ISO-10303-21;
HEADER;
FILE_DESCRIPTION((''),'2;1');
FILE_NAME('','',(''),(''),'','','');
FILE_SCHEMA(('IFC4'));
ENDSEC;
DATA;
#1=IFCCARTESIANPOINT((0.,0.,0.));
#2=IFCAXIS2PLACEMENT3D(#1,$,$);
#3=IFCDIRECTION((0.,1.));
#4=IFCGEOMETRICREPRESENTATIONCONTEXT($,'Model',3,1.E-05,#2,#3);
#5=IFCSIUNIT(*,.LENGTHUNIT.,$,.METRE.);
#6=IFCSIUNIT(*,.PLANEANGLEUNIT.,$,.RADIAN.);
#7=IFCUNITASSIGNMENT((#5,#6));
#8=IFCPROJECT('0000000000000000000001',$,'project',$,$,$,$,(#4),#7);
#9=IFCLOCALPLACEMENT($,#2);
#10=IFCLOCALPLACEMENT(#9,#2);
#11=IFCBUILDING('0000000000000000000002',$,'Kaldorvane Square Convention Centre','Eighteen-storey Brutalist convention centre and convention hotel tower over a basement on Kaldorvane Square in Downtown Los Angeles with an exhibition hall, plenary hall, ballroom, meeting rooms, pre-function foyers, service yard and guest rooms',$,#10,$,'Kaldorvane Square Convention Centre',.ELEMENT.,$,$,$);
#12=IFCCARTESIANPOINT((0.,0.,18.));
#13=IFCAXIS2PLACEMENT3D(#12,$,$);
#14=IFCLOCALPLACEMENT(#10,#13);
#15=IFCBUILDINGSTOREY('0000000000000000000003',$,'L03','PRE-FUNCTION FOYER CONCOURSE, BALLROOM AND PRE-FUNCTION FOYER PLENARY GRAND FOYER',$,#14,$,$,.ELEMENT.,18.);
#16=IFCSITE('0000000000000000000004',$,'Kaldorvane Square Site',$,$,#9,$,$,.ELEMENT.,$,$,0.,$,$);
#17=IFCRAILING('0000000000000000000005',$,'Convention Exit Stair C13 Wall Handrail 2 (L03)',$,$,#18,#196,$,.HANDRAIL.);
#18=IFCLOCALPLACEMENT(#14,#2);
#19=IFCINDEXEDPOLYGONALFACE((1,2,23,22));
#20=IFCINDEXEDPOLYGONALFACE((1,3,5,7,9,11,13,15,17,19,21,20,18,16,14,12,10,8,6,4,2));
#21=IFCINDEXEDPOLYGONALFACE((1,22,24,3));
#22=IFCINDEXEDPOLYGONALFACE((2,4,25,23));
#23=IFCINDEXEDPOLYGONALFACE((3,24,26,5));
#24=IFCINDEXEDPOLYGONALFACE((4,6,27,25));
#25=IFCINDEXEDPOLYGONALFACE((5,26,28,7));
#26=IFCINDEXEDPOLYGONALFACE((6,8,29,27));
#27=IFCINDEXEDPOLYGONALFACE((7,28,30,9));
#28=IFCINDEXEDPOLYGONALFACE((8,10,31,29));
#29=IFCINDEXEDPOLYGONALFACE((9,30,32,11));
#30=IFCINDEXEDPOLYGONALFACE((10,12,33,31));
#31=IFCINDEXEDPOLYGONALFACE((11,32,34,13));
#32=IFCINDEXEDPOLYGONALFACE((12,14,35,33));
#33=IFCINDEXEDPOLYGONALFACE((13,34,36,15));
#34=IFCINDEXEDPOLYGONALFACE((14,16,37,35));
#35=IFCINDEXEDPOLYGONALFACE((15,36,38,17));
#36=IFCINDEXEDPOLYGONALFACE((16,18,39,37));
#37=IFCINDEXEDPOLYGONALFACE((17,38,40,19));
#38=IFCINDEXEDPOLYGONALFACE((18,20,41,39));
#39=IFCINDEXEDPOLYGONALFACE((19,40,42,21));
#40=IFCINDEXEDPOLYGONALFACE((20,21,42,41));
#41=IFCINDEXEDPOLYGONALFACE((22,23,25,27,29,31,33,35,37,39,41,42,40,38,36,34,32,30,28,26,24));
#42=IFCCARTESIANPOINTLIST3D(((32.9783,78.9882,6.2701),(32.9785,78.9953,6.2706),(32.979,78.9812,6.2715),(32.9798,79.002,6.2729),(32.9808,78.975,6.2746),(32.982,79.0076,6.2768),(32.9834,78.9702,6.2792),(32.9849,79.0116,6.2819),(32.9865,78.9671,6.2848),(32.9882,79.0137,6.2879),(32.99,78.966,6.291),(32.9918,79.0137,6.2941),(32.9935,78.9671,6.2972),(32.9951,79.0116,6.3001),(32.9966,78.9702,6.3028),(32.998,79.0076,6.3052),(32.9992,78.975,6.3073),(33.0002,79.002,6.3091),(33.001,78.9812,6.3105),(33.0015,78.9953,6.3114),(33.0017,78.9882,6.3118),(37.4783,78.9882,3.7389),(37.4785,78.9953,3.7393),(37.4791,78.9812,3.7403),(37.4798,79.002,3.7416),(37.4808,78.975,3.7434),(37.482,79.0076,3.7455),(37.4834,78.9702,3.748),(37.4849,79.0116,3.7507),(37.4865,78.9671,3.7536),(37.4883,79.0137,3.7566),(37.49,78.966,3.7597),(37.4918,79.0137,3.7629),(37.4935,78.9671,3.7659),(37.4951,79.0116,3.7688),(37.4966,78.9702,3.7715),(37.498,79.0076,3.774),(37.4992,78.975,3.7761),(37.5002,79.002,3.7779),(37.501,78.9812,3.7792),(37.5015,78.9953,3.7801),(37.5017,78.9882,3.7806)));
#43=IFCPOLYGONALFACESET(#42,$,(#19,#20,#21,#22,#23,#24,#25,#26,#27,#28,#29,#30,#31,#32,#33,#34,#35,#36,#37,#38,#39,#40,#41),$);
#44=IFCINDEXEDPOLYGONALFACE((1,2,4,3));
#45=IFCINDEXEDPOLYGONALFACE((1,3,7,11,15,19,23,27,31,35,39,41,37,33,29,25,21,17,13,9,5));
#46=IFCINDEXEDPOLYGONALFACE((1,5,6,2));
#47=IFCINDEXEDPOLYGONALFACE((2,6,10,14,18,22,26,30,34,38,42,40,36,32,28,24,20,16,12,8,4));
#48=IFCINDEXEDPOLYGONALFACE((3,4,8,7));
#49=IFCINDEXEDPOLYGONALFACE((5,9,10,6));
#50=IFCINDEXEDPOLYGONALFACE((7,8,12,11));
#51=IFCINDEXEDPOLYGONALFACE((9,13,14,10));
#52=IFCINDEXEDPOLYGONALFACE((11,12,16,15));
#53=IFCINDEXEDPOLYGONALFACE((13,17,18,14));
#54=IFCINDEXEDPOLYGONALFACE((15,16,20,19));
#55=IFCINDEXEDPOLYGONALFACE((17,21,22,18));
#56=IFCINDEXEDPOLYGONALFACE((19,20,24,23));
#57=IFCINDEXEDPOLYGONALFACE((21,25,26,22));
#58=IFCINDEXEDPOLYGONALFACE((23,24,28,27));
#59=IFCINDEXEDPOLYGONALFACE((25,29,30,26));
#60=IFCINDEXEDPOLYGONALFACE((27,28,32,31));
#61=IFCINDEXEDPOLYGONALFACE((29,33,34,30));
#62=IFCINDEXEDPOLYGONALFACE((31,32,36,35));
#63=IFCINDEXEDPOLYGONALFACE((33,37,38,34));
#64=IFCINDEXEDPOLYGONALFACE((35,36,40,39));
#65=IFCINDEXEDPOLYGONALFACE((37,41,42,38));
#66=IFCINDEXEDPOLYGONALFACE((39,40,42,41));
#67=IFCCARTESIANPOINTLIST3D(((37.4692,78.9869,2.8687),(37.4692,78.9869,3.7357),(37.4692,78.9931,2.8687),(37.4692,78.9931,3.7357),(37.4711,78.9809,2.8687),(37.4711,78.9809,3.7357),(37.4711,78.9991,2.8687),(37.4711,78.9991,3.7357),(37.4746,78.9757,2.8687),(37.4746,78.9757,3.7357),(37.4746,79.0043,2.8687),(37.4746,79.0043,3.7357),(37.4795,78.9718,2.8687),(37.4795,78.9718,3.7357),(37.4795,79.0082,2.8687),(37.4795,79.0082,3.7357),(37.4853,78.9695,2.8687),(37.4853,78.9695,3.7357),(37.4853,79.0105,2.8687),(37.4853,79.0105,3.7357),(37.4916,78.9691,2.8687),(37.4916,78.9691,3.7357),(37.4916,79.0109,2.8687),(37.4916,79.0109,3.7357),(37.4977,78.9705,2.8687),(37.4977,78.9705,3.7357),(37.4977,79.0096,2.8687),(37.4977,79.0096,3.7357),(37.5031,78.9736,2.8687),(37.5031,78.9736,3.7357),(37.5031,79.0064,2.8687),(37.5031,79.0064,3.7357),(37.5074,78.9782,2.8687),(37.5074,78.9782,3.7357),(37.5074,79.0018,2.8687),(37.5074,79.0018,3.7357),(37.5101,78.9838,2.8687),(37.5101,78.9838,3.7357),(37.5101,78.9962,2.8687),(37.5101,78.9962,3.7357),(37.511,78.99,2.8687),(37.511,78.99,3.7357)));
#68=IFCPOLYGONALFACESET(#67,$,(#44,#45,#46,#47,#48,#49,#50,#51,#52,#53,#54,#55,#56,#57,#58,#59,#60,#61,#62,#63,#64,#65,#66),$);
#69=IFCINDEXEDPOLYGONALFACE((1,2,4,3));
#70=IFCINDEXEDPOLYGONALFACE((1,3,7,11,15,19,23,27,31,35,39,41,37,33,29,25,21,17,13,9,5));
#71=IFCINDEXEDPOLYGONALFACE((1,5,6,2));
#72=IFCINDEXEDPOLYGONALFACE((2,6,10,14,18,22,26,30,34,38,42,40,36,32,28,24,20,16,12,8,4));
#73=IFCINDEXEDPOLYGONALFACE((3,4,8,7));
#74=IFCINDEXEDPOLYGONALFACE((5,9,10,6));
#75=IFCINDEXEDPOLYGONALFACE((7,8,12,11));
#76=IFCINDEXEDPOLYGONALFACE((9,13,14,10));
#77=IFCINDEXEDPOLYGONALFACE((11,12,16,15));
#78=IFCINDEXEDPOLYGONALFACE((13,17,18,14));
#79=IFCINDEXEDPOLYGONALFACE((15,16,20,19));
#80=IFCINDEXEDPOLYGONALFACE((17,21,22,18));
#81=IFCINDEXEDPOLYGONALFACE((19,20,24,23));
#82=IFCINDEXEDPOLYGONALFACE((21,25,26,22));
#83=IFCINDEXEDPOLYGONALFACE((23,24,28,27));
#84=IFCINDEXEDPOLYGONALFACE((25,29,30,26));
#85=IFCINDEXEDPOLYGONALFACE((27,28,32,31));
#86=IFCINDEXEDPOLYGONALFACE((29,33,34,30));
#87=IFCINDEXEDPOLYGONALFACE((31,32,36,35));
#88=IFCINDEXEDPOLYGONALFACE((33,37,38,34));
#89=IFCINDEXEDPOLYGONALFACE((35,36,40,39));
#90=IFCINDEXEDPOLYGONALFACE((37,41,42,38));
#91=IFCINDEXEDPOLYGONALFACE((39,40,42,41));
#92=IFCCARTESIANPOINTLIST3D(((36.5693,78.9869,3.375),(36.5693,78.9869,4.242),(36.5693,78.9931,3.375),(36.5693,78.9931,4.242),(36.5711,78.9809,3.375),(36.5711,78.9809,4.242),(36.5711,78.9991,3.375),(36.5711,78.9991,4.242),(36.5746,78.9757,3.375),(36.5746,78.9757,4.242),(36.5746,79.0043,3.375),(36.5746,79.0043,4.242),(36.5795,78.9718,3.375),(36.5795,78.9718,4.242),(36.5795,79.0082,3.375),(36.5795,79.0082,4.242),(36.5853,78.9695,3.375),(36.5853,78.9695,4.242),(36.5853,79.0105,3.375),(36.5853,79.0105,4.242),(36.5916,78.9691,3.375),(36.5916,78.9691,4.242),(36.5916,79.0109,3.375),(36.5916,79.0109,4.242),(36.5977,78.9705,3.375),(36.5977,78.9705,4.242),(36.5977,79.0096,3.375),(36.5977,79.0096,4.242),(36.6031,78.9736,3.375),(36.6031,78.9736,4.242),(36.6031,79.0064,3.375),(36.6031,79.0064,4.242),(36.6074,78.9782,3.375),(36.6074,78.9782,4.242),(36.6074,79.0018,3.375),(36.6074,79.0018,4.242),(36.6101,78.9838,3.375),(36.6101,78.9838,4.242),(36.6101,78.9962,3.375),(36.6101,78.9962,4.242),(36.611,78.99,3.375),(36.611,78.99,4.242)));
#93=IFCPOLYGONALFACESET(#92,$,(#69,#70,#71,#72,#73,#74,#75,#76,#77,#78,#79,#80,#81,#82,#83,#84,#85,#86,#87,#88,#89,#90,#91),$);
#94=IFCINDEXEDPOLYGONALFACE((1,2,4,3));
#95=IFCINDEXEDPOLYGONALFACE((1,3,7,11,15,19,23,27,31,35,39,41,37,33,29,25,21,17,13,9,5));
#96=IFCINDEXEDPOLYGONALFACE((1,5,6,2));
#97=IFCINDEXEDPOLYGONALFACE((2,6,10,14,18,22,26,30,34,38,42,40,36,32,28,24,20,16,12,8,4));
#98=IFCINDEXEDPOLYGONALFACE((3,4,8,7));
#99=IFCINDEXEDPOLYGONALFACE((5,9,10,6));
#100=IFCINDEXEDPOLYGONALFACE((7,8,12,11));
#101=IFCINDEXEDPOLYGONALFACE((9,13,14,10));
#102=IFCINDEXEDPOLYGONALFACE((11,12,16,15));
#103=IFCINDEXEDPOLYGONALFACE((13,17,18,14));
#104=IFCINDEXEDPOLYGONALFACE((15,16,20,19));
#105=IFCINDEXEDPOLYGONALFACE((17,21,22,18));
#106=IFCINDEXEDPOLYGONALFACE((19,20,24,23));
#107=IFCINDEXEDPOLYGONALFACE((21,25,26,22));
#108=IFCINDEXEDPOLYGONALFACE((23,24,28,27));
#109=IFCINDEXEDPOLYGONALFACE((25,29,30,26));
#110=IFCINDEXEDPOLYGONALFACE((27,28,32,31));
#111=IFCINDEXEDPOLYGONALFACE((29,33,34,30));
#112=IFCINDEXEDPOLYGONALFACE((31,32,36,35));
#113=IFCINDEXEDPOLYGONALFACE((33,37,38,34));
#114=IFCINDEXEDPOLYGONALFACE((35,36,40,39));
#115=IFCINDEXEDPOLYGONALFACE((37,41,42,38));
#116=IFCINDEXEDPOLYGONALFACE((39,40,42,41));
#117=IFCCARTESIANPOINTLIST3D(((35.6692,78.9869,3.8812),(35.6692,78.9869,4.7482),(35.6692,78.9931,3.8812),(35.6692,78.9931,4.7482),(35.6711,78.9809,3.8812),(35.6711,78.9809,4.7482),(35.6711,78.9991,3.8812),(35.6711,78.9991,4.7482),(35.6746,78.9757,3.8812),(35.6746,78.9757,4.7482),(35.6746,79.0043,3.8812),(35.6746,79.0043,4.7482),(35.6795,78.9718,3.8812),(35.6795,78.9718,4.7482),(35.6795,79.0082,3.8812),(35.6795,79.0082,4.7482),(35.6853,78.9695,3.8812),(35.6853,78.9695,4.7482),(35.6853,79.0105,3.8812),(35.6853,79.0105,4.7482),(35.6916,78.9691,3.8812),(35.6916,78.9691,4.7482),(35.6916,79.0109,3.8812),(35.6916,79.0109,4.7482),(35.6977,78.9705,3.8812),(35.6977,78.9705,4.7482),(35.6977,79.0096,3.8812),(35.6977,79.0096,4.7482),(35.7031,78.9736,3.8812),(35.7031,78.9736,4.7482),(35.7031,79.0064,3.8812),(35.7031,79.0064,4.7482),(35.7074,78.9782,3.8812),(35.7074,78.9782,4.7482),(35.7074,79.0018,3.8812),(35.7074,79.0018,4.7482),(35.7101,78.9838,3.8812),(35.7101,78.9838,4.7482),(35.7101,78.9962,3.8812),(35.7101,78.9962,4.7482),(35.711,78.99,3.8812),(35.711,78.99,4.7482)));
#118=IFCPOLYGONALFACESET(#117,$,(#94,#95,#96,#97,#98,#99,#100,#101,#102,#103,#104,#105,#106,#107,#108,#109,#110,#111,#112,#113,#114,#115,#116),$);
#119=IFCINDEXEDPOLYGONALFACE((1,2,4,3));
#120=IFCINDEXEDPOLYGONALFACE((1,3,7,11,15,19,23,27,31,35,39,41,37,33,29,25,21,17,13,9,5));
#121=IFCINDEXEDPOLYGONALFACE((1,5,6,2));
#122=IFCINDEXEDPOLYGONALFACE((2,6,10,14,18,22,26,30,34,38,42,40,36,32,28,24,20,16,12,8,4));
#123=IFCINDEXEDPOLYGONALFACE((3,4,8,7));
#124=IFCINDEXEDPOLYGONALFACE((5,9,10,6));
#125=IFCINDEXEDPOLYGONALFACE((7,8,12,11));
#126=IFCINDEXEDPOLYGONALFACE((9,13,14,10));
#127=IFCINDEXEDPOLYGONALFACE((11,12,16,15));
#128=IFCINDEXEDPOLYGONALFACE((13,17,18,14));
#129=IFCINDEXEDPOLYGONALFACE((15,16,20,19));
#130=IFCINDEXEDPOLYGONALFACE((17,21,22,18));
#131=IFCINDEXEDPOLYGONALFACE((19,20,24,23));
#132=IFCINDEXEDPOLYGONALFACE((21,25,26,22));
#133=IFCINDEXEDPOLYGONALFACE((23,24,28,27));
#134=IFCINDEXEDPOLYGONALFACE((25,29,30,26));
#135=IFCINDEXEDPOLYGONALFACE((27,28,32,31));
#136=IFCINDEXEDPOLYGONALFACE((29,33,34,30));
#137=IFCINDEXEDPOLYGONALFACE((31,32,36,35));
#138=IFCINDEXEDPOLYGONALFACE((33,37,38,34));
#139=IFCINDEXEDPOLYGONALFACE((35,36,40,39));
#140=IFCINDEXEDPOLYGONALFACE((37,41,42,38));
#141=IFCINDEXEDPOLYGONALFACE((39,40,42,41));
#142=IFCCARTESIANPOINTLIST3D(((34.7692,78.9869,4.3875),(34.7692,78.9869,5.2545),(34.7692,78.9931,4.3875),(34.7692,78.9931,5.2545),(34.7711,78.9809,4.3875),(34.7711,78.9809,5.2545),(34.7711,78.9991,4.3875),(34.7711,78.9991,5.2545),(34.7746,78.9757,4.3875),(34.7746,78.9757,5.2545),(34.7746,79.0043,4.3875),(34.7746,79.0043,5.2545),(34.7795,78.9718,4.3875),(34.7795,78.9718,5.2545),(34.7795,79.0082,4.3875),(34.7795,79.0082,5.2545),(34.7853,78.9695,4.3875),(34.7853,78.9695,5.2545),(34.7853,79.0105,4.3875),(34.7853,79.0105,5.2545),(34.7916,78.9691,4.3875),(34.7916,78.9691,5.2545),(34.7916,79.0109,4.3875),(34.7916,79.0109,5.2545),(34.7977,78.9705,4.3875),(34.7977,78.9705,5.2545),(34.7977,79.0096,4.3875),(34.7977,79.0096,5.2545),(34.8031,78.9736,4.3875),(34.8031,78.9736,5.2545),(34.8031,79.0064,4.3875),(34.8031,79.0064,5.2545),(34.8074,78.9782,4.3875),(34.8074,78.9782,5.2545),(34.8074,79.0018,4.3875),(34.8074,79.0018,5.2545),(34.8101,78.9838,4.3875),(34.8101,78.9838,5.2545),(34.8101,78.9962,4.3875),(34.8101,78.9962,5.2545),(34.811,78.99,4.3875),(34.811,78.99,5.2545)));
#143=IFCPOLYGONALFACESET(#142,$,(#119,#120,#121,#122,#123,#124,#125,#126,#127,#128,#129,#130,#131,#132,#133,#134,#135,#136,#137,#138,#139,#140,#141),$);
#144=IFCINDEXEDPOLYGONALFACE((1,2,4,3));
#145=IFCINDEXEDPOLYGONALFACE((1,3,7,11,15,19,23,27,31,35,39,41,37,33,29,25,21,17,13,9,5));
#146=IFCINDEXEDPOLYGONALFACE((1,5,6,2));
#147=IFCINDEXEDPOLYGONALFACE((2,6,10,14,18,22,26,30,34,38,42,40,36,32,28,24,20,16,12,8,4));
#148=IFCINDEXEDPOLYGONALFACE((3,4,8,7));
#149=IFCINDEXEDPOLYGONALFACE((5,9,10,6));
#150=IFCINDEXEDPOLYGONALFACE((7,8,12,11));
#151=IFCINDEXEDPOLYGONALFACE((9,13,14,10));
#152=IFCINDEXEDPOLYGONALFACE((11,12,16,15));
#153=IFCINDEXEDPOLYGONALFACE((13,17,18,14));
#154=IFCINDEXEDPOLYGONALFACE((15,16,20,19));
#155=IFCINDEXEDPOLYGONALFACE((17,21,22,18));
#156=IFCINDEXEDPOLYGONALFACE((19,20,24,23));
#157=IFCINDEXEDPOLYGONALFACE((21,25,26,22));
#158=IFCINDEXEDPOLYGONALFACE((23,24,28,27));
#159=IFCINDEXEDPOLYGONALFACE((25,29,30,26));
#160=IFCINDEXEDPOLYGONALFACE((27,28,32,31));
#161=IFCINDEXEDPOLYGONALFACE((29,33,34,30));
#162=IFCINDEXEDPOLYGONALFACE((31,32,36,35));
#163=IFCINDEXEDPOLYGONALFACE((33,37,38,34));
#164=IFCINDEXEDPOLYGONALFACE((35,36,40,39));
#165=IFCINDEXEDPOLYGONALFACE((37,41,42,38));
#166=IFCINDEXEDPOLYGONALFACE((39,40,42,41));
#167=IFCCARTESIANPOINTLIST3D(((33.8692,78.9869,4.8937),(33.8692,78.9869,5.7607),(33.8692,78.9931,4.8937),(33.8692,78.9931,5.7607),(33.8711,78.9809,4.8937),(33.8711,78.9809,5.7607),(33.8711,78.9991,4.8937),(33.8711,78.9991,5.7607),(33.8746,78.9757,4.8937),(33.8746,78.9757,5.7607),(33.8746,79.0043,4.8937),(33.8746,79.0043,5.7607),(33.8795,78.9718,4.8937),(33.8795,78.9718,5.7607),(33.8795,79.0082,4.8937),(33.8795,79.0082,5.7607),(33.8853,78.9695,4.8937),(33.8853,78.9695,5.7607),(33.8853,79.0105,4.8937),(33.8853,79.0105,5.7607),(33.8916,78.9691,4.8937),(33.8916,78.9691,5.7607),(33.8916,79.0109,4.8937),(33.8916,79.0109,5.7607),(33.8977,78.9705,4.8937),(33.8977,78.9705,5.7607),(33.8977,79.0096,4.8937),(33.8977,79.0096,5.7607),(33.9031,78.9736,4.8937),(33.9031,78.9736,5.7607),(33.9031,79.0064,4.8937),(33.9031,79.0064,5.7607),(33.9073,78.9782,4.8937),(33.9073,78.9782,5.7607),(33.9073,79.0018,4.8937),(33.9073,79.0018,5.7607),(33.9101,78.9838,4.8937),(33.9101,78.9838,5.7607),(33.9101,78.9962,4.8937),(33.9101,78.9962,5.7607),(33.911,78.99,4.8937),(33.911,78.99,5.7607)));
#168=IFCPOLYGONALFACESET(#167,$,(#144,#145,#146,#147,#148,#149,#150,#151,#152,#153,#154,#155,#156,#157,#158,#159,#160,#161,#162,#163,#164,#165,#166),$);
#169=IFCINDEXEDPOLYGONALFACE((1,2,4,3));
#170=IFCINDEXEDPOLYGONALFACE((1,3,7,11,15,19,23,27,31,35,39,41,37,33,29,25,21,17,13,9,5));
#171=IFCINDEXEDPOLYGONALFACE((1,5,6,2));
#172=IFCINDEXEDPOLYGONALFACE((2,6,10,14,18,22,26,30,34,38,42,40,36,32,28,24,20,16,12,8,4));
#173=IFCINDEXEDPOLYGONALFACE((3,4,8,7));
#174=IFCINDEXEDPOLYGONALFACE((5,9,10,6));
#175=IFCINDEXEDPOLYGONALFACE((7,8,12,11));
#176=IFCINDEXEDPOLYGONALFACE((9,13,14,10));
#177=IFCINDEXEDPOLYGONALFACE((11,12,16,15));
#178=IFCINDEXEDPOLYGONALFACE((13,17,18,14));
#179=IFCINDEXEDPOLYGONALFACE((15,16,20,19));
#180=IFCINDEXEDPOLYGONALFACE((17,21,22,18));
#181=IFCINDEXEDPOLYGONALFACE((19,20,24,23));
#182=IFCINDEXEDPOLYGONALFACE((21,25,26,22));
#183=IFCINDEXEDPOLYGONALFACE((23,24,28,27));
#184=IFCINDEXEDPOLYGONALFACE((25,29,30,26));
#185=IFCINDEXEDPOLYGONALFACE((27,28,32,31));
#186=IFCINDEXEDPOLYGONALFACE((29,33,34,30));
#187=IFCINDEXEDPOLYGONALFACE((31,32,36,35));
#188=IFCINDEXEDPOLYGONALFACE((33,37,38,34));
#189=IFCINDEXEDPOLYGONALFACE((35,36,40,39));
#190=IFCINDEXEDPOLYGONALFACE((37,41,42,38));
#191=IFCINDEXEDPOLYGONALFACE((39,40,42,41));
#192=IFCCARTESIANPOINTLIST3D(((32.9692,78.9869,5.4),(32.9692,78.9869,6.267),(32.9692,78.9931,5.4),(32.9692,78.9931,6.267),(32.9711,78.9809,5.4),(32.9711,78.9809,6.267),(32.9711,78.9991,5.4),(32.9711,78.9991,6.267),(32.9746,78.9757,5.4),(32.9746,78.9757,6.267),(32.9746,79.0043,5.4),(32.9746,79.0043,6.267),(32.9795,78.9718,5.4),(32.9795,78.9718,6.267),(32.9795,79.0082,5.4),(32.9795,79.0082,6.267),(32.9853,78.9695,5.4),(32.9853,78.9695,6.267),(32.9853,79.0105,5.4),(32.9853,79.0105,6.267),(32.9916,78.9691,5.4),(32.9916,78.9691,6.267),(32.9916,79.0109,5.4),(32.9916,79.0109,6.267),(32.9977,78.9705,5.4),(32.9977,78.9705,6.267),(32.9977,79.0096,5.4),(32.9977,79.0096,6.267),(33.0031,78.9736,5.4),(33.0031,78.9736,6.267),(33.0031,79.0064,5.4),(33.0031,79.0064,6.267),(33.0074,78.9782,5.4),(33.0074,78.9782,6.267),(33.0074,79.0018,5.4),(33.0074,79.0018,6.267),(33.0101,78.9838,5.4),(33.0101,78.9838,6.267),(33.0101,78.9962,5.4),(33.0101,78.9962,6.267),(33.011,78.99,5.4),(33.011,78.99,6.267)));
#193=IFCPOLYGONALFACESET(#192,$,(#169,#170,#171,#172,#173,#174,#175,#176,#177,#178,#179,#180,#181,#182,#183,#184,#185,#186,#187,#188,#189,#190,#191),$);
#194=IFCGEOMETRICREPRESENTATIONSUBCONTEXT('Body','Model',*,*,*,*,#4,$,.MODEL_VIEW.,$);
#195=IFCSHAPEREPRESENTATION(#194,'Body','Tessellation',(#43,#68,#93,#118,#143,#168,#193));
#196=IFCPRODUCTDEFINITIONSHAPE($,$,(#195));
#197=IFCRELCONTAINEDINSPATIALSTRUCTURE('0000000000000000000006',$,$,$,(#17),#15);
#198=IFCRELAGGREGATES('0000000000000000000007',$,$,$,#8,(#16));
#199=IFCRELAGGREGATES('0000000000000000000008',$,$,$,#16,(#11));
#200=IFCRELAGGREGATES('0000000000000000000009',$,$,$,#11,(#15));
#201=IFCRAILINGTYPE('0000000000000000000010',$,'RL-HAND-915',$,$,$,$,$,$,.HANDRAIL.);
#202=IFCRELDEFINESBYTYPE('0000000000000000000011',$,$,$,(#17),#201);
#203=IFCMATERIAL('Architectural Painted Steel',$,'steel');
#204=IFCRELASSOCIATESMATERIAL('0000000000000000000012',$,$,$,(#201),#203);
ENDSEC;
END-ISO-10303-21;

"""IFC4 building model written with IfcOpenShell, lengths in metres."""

from ifc_helpers import new_model, si_unit, direction, frame, origin, origin_2d, place, context, subcontext, project, spatial, circle, extrude, material, type_object, element, save


model = new_model("IFC4")

# Units and contexts
model_context = context("Model", 3, precision=1e-05, world=origin(), true_north=direction((0.0, 1.0)))
body_context = subcontext(model_context, "Body", "Model", "MODEL_VIEW")
ifc_project = project(units=[si_unit("LENGTHUNIT", "METRE"), si_unit("PLANEANGLEUNIT", "RADIAN")], contexts=[model_context])

# Site, building, storey
site_placement = place(None, origin())
site = spatial("IfcSite", under=ifc_project, at=site_placement, Name="Kaldorvane Square Site", CompositionType="ELEMENT", RefElevation=0.0)
building_placement = place(site_placement, origin())
building = spatial("IfcBuilding", under=site, at=building_placement, Name="Kaldorvane Square Convention Centre", Description="Eighteen-storey Brutalist convention centre and convention hotel tower over a basement on Kaldorvane Square in Downtown Los Angeles with an exhibition hall, plenary hall, ballroom, meeting rooms, pre-function foyers, service yard and guest rooms", LongName="Kaldorvane Square Convention Centre", CompositionType="ELEMENT")
storey_placement = place(building_placement, frame((0.0, 0.0, 18.0)))
storey = spatial("IfcBuildingStorey", under=building, at=storey_placement, Name="L03", Description="PRE-FUNCTION FOYER CONCOURSE, BALLROOM AND PRE-FUNCTION FOYER PLENARY GRAND FOYER", CompositionType="ELEMENT", Elevation=18.0)

# Railing
ifc_material_1 = material(Name="Architectural Painted Steel", Category="steel")
railing_type_1 = type_object("IfcRailingType", Name="RL-HAND-915", PredefinedType="HANDRAIL", material=ifc_material_1)
railing_1_placement = place(storey_placement, frame((37.49, 78.99, 2.8687)))
element("IfcRailing", 1, at=railing_1_placement, inside=storey, type_object=railing_type_1, Name="Convention Exit Stair C13 Wall Handrail 2 (L03)", PredefinedType="HANDRAIL", context=body_context, shape_type="SweptSolid", body=[
    extrude(circle(Radius=0.024, at=origin_2d()), frame((0.0, 0.0, 0.891), z_axis=(-0.871576, 0.0, 0.490261), x_axis=(0.0, -1.0, 0.0)), (0.0, 0.0, 1.0), 5.1631),
    extrude(circle(Radius=0.021, at=origin_2d()), origin(), (0.0, 0.0, 1.0), 0.867),
    extrude(circle(Radius=0.021, at=origin_2d()), frame((-0.9, 0.0, 0.5063)), (0.0, 0.0, 1.0), 0.867),
    extrude(circle(Radius=0.021, at=origin_2d()), frame((-1.8, 0.0, 1.0125)), (0.0, 0.0, 1.0), 0.867),
    extrude(circle(Radius=0.021, at=origin_2d()), frame((-2.7, 0.0, 1.5188)), (0.0, 0.0, 1.0), 0.867),
    extrude(circle(Radius=0.021, at=origin_2d()), frame((-3.6, 0.0, 2.025)), (0.0, 0.0, 1.0), 0.867),
    extrude(circle(Radius=0.021, at=origin_2d()), frame((-4.5, 0.0, 2.5312)), (0.0, 0.0, 1.0), 0.867),
])

save(model, "model.ifc")
